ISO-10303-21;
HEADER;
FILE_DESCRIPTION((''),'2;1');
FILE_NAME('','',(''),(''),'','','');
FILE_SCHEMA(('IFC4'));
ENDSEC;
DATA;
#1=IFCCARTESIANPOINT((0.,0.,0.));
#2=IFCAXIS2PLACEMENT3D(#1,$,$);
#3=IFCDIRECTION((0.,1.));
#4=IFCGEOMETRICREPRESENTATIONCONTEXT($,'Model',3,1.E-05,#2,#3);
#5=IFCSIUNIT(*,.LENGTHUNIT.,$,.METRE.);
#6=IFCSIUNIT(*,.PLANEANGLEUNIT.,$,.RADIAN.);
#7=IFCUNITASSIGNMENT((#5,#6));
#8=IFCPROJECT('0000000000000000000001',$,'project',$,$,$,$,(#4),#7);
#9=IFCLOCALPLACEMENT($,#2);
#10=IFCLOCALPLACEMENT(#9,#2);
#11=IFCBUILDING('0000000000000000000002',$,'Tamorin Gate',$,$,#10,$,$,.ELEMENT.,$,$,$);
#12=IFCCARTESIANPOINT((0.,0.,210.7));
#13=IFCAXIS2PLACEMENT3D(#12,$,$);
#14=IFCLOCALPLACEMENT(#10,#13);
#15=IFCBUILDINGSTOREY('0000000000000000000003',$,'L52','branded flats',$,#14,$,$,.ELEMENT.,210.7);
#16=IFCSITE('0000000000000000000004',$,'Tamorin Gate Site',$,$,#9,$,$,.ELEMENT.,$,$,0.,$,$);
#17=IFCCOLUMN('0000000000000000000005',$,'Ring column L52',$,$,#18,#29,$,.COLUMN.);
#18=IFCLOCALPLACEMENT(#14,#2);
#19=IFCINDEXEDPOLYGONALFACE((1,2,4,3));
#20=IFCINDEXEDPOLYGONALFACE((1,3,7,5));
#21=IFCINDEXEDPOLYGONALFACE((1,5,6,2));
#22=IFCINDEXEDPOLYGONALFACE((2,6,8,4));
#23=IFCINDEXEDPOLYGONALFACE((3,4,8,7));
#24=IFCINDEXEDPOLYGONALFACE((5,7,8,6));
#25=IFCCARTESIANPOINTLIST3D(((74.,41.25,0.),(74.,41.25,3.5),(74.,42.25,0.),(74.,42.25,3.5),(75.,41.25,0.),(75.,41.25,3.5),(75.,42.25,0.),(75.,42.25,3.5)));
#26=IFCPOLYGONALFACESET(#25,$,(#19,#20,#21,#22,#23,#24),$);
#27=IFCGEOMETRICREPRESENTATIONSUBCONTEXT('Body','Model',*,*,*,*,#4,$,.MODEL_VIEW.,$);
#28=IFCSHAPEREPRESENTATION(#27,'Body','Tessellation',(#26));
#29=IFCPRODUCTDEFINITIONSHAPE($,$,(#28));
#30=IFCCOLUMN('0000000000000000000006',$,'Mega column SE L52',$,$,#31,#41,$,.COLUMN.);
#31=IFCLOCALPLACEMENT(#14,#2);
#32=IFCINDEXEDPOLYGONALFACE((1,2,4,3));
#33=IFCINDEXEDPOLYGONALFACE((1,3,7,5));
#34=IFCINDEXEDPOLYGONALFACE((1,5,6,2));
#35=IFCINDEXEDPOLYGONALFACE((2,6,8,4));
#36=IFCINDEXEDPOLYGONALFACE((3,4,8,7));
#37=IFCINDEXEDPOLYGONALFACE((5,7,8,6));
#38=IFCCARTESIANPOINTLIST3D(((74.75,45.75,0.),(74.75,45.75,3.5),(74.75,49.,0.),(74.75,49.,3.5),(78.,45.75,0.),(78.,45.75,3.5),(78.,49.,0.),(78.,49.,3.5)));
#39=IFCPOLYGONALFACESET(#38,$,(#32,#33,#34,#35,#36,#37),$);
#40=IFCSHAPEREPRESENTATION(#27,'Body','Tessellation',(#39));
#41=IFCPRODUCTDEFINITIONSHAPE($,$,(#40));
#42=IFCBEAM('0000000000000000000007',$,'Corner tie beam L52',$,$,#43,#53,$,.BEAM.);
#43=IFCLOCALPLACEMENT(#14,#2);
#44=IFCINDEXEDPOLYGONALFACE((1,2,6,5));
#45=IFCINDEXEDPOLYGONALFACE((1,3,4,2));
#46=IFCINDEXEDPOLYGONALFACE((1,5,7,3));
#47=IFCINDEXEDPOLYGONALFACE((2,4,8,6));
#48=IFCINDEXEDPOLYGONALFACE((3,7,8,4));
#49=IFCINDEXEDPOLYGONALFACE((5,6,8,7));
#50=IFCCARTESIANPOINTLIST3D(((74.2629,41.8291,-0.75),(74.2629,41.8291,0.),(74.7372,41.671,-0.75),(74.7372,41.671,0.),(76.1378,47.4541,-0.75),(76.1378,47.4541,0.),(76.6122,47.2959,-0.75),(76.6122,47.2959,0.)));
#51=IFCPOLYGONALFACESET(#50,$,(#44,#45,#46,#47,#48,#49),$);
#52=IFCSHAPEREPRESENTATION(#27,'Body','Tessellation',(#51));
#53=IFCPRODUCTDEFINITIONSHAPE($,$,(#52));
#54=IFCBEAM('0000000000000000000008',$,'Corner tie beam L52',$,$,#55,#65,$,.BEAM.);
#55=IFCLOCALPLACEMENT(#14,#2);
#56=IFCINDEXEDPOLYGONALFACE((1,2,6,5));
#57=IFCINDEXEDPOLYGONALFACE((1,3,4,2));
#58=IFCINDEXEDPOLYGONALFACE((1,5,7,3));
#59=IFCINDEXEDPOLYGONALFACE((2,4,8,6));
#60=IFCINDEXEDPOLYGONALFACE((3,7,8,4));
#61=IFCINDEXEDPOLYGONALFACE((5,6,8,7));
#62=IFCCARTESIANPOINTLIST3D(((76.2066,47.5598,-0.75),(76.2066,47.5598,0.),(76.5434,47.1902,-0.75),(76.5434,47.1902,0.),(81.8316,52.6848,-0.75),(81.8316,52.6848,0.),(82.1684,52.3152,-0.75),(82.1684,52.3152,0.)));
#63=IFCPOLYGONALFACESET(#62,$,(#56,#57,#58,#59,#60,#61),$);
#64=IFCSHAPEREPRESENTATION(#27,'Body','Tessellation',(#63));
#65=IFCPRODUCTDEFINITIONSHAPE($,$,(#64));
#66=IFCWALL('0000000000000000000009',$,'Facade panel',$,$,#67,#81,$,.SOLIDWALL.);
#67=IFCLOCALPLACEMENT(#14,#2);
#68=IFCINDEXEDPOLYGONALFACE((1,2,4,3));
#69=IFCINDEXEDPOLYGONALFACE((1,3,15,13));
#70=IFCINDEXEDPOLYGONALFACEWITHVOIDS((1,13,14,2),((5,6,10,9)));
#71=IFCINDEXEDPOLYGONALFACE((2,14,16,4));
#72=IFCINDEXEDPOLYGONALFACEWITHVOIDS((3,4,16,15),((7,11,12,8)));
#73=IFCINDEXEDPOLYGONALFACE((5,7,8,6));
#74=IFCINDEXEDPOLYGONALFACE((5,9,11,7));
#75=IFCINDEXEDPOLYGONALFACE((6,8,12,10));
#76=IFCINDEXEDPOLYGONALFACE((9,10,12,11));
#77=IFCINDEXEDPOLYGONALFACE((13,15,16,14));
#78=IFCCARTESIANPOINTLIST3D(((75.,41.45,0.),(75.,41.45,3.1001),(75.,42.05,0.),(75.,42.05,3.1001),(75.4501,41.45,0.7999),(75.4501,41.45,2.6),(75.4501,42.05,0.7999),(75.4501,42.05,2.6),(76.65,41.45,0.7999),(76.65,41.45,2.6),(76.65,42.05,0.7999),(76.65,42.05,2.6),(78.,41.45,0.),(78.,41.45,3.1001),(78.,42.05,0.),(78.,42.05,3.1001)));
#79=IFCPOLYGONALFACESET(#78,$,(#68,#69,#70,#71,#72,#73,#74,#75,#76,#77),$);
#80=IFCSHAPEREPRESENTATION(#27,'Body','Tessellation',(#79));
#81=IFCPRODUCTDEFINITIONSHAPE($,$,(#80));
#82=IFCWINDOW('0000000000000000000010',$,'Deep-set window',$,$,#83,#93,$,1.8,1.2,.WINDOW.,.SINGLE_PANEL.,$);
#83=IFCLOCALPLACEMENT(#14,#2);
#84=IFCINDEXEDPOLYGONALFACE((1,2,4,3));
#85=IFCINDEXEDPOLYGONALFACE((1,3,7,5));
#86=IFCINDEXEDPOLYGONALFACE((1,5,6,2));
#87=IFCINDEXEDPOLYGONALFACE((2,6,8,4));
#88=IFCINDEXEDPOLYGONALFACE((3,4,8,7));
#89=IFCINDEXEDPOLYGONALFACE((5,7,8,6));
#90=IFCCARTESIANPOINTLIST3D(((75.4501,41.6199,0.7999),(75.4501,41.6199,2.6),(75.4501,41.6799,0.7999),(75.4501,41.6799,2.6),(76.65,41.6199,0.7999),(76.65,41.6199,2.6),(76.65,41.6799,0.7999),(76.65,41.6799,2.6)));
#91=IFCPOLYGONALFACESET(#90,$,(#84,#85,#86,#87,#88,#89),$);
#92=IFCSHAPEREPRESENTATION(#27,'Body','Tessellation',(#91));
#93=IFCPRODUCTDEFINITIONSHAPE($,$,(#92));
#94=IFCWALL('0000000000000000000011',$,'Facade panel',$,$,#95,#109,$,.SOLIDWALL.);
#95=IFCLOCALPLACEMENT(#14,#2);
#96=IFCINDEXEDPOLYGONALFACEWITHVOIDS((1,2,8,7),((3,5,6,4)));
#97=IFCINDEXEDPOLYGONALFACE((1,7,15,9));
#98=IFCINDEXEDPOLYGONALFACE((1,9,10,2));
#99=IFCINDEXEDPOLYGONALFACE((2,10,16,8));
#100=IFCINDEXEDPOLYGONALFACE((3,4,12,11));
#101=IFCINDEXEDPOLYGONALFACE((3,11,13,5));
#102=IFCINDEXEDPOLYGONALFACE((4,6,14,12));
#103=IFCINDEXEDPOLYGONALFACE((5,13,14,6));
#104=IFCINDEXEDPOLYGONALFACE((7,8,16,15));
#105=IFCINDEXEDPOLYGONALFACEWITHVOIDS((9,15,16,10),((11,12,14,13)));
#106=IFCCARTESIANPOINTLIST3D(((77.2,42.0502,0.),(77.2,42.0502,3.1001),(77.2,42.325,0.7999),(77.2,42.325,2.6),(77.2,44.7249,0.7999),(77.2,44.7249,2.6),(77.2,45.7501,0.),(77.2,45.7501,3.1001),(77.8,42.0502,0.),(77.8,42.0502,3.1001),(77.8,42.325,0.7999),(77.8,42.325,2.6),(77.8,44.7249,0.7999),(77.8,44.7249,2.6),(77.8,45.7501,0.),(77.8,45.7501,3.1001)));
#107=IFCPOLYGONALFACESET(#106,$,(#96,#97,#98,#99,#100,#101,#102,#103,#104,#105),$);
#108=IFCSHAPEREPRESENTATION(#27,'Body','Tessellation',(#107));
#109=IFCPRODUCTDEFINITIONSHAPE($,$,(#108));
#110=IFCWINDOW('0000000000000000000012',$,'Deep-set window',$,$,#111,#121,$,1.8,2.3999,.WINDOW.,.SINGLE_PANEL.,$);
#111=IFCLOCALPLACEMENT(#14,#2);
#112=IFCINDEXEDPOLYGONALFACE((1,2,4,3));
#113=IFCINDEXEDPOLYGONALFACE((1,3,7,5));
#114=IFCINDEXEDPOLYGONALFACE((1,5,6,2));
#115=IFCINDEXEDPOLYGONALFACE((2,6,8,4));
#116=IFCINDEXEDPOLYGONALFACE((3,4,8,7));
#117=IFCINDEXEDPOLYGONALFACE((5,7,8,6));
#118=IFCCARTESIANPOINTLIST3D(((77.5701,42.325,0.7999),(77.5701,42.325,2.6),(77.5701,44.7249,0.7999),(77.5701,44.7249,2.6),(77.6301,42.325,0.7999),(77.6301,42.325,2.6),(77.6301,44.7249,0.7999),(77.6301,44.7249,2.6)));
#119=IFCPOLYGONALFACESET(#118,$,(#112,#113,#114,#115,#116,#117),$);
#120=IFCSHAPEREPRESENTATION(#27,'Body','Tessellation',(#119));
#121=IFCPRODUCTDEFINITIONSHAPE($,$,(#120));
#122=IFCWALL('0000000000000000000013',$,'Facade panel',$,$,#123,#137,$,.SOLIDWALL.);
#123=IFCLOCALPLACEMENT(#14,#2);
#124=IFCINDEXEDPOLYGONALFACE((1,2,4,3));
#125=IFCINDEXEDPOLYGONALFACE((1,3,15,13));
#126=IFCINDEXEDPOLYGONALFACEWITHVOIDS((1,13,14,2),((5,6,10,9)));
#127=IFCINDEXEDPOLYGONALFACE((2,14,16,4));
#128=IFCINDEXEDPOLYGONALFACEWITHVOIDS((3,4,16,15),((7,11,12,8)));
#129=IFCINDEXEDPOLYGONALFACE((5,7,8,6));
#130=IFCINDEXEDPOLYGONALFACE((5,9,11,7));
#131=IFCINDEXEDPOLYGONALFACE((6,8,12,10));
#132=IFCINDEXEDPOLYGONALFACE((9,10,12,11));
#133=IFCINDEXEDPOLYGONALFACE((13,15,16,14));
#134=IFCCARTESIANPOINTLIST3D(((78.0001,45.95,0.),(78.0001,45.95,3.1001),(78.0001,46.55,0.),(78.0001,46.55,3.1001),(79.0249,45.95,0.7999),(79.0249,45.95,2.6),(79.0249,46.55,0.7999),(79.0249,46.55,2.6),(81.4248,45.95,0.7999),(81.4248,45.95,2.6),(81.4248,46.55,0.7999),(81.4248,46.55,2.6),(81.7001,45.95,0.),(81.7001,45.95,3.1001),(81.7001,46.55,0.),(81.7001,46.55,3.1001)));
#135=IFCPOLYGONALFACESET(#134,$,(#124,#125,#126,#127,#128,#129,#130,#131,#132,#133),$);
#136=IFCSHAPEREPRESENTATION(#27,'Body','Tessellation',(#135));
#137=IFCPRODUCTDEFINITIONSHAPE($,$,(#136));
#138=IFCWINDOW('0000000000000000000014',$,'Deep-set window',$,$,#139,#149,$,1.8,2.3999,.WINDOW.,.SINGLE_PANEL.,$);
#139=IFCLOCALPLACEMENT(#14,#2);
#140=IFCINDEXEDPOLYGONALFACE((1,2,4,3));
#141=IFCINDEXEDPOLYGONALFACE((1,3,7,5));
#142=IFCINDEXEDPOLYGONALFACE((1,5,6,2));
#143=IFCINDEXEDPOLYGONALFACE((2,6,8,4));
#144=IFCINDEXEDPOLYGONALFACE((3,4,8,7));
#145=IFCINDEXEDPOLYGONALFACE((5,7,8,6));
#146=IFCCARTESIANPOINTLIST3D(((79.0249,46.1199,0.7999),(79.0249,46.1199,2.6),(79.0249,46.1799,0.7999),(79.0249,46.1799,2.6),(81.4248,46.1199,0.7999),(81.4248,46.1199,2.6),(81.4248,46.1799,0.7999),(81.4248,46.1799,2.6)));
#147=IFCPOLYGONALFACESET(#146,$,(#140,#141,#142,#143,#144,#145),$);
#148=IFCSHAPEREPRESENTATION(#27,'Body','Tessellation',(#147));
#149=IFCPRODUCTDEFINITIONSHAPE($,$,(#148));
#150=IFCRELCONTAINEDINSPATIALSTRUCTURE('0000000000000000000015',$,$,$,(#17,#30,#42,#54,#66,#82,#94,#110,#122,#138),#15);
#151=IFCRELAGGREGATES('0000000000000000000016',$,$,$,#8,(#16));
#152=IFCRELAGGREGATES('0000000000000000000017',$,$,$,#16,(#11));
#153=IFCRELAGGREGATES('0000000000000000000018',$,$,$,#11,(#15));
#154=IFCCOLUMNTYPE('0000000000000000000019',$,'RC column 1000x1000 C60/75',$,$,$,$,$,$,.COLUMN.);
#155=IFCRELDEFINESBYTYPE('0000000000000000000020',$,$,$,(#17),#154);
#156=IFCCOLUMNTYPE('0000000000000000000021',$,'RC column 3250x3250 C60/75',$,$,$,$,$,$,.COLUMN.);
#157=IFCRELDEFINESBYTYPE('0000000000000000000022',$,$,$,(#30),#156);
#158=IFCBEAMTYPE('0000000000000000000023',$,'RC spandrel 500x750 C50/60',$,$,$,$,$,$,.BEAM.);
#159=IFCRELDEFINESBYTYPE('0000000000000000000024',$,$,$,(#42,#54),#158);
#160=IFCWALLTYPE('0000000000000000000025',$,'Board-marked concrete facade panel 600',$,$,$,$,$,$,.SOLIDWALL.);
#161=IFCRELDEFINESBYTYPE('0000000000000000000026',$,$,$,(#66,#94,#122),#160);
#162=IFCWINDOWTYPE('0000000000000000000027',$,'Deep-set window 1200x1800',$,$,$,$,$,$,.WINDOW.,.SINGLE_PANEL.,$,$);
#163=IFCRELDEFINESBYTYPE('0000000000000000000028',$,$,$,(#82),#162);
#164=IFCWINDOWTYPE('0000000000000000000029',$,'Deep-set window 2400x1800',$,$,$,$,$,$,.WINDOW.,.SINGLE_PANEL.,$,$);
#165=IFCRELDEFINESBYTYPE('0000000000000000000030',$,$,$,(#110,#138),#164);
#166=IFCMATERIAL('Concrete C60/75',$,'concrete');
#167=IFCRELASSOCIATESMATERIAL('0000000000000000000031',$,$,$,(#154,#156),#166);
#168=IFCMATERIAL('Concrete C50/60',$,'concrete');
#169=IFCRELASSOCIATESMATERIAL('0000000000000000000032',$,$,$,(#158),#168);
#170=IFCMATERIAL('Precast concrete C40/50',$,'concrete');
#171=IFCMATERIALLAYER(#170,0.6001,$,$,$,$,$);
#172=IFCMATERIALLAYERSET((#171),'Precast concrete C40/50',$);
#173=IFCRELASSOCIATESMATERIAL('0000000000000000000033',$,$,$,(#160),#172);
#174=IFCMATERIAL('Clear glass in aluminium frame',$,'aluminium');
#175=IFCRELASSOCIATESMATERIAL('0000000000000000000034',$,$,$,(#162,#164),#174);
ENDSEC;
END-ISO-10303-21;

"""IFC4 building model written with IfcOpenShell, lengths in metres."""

from ifc_helpers import new_model, si_unit, direction, frame, frame_2d, origin, origin_2d, place, context, subcontext, project, spatial, rectangle, extrude, material, layer, layer_set, material_profile, profile_set, type_object, element, fill, save


model = new_model("IFC4")

# Units and contexts
model_context = context("Model", 3, precision=1e-05, world=origin(), true_north=direction((0.0, 1.0)))
body_context = subcontext(model_context, "Body", "Model", "MODEL_VIEW")
ifc_project = project(units=[si_unit("LENGTHUNIT", "METRE"), si_unit("PLANEANGLEUNIT", "RADIAN")], contexts=[model_context])

# Site, building, storey
site_placement = place(None, origin())
site = spatial("IfcSite", under=ifc_project, at=site_placement, Name="Tamorin Gate Site", CompositionType="ELEMENT", RefElevation=0.0)
building_placement = place(site_placement, origin())
building = spatial("IfcBuilding", under=site, at=building_placement, Name="Tamorin Gate", CompositionType="ELEMENT")
storey_placement = place(building_placement, frame((0.0, 0.0, 210.7)))
storey = spatial("IfcBuildingStorey", under=building, at=storey_placement, Name="L52", Description="branded flats", CompositionType="ELEMENT", Elevation=210.7)

# Columns
ifc_material_1 = material(Name="Concrete C60/75", Category="concrete")
ifc_material_profile_1 = material_profile(ifc_material_1, rectangle(XDim=1.0, YDim=1.0, at=origin_2d()), Name="RC 1000x1000")
ifc_profile_set_1 = profile_set([ifc_material_profile_1], Name="Concrete C60/75")
column_type_1 = type_object("IfcColumnType", Name="RC column 1000x1000 C60/75", PredefinedType="COLUMN", material=ifc_profile_set_1)
column_1_placement = place(storey_placement, frame((74.5, 41.75, 0.0), z_axis=(0.0, 0.0, 1.0), x_axis=(1.0, 0.0, 0.0)))
element("IfcColumn", 1, at=column_1_placement, inside=storey, type_object=column_type_1, Name="Ring column L52", PredefinedType="COLUMN", context=body_context, shape_type="SweptSolid", body=[
    extrude(rectangle(XDim=1.0, YDim=1.0, at=origin_2d()), origin(), (0.0, 0.0, 1.0), 3.5),
])
ifc_material_profile_2 = material_profile(ifc_material_1, rectangle(XDim=3.25, YDim=3.25, at=origin_2d()), Name="RC 3250x3250")
ifc_profile_set_2 = profile_set([ifc_material_profile_2], Name="Concrete C60/75")
column_type_2 = type_object("IfcColumnType", Name="RC column 3250x3250 C60/75", PredefinedType="COLUMN", material=ifc_profile_set_2)
column_2_placement = place(storey_placement, frame((76.375, 47.375, 0.0), z_axis=(0.0, 0.0, 1.0), x_axis=(1.0, 0.0, 0.0)))
element("IfcColumn", 2, at=column_2_placement, inside=storey, type_object=column_type_2, Name="Mega column SE L52", PredefinedType="COLUMN", context=body_context, shape_type="SweptSolid", body=[
    extrude(rectangle(XDim=3.25, YDim=3.25, at=origin_2d()), origin(), (0.0, 0.0, 1.0), 3.5),
])

# Beams
ifc_material_2 = material(Name="Concrete C50/60", Category="concrete")
ifc_material_profile_3 = material_profile(ifc_material_2, rectangle(XDim=0.5, YDim=0.75, at=origin_2d()), Name="RC 500x750")
ifc_profile_set_3 = profile_set([ifc_material_profile_3], Name="Concrete C50/60")
beam_type = type_object("IfcBeamType", Name="RC spandrel 500x750 C50/60", PredefinedType="BEAM", material=ifc_profile_set_3)
beam_1_placement = place(storey_placement, frame((76.375, 47.375, -0.375), z_axis=(-0.316228, -0.948683, 0.0), x_axis=(0.948683, -0.316228, 0.0)))
element("IfcBeam", 3, at=beam_1_placement, inside=storey, type_object=beam_type, Name="Corner tie beam L52", PredefinedType="BEAM", context=body_context, shape_type="SweptSolid", body=[
    extrude(rectangle(XDim=0.5, YDim=0.75, at=origin_2d()), origin(), (0.0, 0.0, 1.0), 5.9292),
])
beam_2_placement = place(storey_placement, frame((76.375, 47.375, -0.375), z_axis=(0.739196, 0.67349, 0.0), x_axis=(-0.67349, 0.739196, 0.0)))
element("IfcBeam", 4, at=beam_2_placement, inside=storey, type_object=beam_type, Name="Corner tie beam L52", PredefinedType="BEAM", context=body_context, shape_type="SweptSolid", body=[
    extrude(rectangle(XDim=0.5, YDim=0.75, at=origin_2d()), origin(), (0.0, 0.0, 1.0), 7.6096),
])

# Walls, openings, windows
ifc_material_3 = material(Name="Precast concrete C40/50", Category="concrete")
ifc_layer = layer(ifc_material_3, 0.6001)
ifc_layer_set = layer_set([ifc_layer], Name="Precast concrete C40/50")
wall_type = type_object("IfcWallType", Name="Board-marked concrete facade panel 600", PredefinedType="SOLIDWALL", material=ifc_layer_set)
wall_1_placement = place(storey_placement, frame((75.0, 41.75, 0.0), z_axis=(0.0, 0.0, 1.0), x_axis=(1.0, 0.0, 0.0)))
wall_1 = element("IfcWall", 5, at=wall_1_placement, inside=storey, type_object=wall_type, Name="Facade panel", PredefinedType="SOLIDWALL", context=body_context, shape_type="SweptSolid", body=[
    extrude(rectangle(XDim=3.0, YDim=0.6001, at=frame_2d((1.5, 0.0))), origin(), (0.0, 0.0, 1.0), 3.1001),
])
opening_1_placement = place(wall_1_placement, frame((0.45, 0.0, 0.8)))
opening_1 = element("IfcOpeningElement", 6, at=opening_1_placement, cuts=wall_1, PredefinedType="OPENING", context=body_context, shape_type="SweptSolid", body=[
    extrude(rectangle(XDim=1.2, YDim=1.8, at=frame_2d((0.6001, 0.8999))), frame((0.0, 0.3101, 0.0), z_axis=(0.0, -1.0, 0.0), x_axis=(1.0, 0.0, 0.0)), (0.0, 0.0, 1.0), 0.6201),
])
ifc_material_4 = material(Name="Clear glass in aluminium frame", Category="aluminium")
window_type_1 = type_object("IfcWindowType", Name="Deep-set window 1200x1800", PartitioningType="SINGLE_PANEL", PredefinedType="WINDOW", material=ifc_material_4)
window_1_placement = place(opening_1_placement, origin())
window_1 = element("IfcWindow", 7, at=window_1_placement, inside=storey, type_object=window_type_1, Name="Deep-set window", OverallHeight=1.8, OverallWidth=1.2, PartitioningType="SINGLE_PANEL", PredefinedType="WINDOW", context=body_context, shape_type="SweptSolid", body=[
    extrude(rectangle(XDim=1.2, YDim=1.8, at=frame_2d((0.6001, 0.8999))), frame((0.0, -0.0701, 0.0), z_axis=(0.0, -1.0, 0.0), x_axis=(1.0, 0.0, 0.0)), (0.0, 0.0, 1.0), 0.0601),
])
fill(opening_1, window_1)
wall_2_placement = place(storey_placement, frame((77.5, 42.05, 0.0), z_axis=(0.0, 0.0, 1.0), x_axis=(0.0, 1.0, 0.0)))
wall_2 = element("IfcWall", 8, at=wall_2_placement, inside=storey, type_object=wall_type, Name="Facade panel", PredefinedType="SOLIDWALL", context=body_context, shape_type="SweptSolid", body=[
    extrude(rectangle(XDim=3.7, YDim=0.6001, at=frame_2d((1.8501, 0.0))), origin(), (0.0, 0.0, 1.0), 3.1001),
])
opening_2_placement = place(wall_2_placement, frame((0.2749, 0.0, 0.8)))
opening_2 = element("IfcOpeningElement", 9, at=opening_2_placement, cuts=wall_2, PredefinedType="OPENING", context=body_context, shape_type="SweptSolid", body=[
    extrude(rectangle(XDim=2.3999, YDim=1.8, at=frame_2d((1.2, 0.8999))), frame((0.0, 0.3101, 0.0), z_axis=(0.0, -1.0, 0.0), x_axis=(1.0, 0.0, 0.0)), (0.0, 0.0, 1.0), 0.6201),
])
window_type_2 = type_object("IfcWindowType", Name="Deep-set window 2400x1800", PartitioningType="SINGLE_PANEL", PredefinedType="WINDOW", material=ifc_material_4)
window_2_placement = place(opening_2_placement, origin())
window_2 = element("IfcWindow", 10, at=window_2_placement, inside=storey, type_object=window_type_2, Name="Deep-set window", OverallHeight=1.8, OverallWidth=2.3999, PartitioningType="SINGLE_PANEL", PredefinedType="WINDOW", context=body_context, shape_type="SweptSolid", body=[
    extrude(rectangle(XDim=2.3999, YDim=1.8, at=frame_2d((1.2, 0.8999))), frame((0.0, -0.0701, 0.0), z_axis=(0.0, -1.0, 0.0), x_axis=(1.0, 0.0, 0.0)), (0.0, 0.0, 1.0), 0.0601),
])
fill(opening_2, window_2)
wall_3_placement = place(storey_placement, frame((78.0, 46.25, 0.0), z_axis=(0.0, 0.0, 1.0), x_axis=(1.0, 0.0, 0.0)))
wall_3 = element("IfcWall", 11, at=wall_3_placement, inside=storey, type_object=wall_type, Name="Facade panel", PredefinedType="SOLIDWALL", context=body_context, shape_type="SweptSolid", body=[
    extrude(rectangle(XDim=3.7, YDim=0.6001, at=frame_2d((1.8501, 0.0))), origin(), (0.0, 0.0, 1.0), 3.1001),
])
opening_3_placement = place(wall_3_placement, frame((1.0249, 0.0, 0.8)))
opening_3 = element("IfcOpeningElement", 12, at=opening_3_placement, cuts=wall_3, PredefinedType="OPENING", context=body_context, shape_type="SweptSolid", body=[
    extrude(rectangle(XDim=2.3999, YDim=1.8, at=frame_2d((1.2, 0.8999))), frame((0.0, 0.3101, 0.0), z_axis=(0.0, -1.0, 0.0), x_axis=(1.0, 0.0, 0.0)), (0.0, 0.0, 1.0), 0.6201),
])
window_3_placement = place(opening_3_placement, origin())
window_3 = element("IfcWindow", 13, at=window_3_placement, inside=storey, type_object=window_type_2, Name="Deep-set window", OverallHeight=1.8, OverallWidth=2.3999, PartitioningType="SINGLE_PANEL", PredefinedType="WINDOW", context=body_context, shape_type="SweptSolid", body=[
    extrude(rectangle(XDim=2.3999, YDim=1.8, at=frame_2d((1.2, 0.8999))), frame((0.0, -0.0701, 0.0), z_axis=(0.0, -1.0, 0.0), x_axis=(1.0, 0.0, 0.0)), (0.0, 0.0, 1.0), 0.0601),
])
fill(opening_3, window_3)

save(model, "model.ifc")
